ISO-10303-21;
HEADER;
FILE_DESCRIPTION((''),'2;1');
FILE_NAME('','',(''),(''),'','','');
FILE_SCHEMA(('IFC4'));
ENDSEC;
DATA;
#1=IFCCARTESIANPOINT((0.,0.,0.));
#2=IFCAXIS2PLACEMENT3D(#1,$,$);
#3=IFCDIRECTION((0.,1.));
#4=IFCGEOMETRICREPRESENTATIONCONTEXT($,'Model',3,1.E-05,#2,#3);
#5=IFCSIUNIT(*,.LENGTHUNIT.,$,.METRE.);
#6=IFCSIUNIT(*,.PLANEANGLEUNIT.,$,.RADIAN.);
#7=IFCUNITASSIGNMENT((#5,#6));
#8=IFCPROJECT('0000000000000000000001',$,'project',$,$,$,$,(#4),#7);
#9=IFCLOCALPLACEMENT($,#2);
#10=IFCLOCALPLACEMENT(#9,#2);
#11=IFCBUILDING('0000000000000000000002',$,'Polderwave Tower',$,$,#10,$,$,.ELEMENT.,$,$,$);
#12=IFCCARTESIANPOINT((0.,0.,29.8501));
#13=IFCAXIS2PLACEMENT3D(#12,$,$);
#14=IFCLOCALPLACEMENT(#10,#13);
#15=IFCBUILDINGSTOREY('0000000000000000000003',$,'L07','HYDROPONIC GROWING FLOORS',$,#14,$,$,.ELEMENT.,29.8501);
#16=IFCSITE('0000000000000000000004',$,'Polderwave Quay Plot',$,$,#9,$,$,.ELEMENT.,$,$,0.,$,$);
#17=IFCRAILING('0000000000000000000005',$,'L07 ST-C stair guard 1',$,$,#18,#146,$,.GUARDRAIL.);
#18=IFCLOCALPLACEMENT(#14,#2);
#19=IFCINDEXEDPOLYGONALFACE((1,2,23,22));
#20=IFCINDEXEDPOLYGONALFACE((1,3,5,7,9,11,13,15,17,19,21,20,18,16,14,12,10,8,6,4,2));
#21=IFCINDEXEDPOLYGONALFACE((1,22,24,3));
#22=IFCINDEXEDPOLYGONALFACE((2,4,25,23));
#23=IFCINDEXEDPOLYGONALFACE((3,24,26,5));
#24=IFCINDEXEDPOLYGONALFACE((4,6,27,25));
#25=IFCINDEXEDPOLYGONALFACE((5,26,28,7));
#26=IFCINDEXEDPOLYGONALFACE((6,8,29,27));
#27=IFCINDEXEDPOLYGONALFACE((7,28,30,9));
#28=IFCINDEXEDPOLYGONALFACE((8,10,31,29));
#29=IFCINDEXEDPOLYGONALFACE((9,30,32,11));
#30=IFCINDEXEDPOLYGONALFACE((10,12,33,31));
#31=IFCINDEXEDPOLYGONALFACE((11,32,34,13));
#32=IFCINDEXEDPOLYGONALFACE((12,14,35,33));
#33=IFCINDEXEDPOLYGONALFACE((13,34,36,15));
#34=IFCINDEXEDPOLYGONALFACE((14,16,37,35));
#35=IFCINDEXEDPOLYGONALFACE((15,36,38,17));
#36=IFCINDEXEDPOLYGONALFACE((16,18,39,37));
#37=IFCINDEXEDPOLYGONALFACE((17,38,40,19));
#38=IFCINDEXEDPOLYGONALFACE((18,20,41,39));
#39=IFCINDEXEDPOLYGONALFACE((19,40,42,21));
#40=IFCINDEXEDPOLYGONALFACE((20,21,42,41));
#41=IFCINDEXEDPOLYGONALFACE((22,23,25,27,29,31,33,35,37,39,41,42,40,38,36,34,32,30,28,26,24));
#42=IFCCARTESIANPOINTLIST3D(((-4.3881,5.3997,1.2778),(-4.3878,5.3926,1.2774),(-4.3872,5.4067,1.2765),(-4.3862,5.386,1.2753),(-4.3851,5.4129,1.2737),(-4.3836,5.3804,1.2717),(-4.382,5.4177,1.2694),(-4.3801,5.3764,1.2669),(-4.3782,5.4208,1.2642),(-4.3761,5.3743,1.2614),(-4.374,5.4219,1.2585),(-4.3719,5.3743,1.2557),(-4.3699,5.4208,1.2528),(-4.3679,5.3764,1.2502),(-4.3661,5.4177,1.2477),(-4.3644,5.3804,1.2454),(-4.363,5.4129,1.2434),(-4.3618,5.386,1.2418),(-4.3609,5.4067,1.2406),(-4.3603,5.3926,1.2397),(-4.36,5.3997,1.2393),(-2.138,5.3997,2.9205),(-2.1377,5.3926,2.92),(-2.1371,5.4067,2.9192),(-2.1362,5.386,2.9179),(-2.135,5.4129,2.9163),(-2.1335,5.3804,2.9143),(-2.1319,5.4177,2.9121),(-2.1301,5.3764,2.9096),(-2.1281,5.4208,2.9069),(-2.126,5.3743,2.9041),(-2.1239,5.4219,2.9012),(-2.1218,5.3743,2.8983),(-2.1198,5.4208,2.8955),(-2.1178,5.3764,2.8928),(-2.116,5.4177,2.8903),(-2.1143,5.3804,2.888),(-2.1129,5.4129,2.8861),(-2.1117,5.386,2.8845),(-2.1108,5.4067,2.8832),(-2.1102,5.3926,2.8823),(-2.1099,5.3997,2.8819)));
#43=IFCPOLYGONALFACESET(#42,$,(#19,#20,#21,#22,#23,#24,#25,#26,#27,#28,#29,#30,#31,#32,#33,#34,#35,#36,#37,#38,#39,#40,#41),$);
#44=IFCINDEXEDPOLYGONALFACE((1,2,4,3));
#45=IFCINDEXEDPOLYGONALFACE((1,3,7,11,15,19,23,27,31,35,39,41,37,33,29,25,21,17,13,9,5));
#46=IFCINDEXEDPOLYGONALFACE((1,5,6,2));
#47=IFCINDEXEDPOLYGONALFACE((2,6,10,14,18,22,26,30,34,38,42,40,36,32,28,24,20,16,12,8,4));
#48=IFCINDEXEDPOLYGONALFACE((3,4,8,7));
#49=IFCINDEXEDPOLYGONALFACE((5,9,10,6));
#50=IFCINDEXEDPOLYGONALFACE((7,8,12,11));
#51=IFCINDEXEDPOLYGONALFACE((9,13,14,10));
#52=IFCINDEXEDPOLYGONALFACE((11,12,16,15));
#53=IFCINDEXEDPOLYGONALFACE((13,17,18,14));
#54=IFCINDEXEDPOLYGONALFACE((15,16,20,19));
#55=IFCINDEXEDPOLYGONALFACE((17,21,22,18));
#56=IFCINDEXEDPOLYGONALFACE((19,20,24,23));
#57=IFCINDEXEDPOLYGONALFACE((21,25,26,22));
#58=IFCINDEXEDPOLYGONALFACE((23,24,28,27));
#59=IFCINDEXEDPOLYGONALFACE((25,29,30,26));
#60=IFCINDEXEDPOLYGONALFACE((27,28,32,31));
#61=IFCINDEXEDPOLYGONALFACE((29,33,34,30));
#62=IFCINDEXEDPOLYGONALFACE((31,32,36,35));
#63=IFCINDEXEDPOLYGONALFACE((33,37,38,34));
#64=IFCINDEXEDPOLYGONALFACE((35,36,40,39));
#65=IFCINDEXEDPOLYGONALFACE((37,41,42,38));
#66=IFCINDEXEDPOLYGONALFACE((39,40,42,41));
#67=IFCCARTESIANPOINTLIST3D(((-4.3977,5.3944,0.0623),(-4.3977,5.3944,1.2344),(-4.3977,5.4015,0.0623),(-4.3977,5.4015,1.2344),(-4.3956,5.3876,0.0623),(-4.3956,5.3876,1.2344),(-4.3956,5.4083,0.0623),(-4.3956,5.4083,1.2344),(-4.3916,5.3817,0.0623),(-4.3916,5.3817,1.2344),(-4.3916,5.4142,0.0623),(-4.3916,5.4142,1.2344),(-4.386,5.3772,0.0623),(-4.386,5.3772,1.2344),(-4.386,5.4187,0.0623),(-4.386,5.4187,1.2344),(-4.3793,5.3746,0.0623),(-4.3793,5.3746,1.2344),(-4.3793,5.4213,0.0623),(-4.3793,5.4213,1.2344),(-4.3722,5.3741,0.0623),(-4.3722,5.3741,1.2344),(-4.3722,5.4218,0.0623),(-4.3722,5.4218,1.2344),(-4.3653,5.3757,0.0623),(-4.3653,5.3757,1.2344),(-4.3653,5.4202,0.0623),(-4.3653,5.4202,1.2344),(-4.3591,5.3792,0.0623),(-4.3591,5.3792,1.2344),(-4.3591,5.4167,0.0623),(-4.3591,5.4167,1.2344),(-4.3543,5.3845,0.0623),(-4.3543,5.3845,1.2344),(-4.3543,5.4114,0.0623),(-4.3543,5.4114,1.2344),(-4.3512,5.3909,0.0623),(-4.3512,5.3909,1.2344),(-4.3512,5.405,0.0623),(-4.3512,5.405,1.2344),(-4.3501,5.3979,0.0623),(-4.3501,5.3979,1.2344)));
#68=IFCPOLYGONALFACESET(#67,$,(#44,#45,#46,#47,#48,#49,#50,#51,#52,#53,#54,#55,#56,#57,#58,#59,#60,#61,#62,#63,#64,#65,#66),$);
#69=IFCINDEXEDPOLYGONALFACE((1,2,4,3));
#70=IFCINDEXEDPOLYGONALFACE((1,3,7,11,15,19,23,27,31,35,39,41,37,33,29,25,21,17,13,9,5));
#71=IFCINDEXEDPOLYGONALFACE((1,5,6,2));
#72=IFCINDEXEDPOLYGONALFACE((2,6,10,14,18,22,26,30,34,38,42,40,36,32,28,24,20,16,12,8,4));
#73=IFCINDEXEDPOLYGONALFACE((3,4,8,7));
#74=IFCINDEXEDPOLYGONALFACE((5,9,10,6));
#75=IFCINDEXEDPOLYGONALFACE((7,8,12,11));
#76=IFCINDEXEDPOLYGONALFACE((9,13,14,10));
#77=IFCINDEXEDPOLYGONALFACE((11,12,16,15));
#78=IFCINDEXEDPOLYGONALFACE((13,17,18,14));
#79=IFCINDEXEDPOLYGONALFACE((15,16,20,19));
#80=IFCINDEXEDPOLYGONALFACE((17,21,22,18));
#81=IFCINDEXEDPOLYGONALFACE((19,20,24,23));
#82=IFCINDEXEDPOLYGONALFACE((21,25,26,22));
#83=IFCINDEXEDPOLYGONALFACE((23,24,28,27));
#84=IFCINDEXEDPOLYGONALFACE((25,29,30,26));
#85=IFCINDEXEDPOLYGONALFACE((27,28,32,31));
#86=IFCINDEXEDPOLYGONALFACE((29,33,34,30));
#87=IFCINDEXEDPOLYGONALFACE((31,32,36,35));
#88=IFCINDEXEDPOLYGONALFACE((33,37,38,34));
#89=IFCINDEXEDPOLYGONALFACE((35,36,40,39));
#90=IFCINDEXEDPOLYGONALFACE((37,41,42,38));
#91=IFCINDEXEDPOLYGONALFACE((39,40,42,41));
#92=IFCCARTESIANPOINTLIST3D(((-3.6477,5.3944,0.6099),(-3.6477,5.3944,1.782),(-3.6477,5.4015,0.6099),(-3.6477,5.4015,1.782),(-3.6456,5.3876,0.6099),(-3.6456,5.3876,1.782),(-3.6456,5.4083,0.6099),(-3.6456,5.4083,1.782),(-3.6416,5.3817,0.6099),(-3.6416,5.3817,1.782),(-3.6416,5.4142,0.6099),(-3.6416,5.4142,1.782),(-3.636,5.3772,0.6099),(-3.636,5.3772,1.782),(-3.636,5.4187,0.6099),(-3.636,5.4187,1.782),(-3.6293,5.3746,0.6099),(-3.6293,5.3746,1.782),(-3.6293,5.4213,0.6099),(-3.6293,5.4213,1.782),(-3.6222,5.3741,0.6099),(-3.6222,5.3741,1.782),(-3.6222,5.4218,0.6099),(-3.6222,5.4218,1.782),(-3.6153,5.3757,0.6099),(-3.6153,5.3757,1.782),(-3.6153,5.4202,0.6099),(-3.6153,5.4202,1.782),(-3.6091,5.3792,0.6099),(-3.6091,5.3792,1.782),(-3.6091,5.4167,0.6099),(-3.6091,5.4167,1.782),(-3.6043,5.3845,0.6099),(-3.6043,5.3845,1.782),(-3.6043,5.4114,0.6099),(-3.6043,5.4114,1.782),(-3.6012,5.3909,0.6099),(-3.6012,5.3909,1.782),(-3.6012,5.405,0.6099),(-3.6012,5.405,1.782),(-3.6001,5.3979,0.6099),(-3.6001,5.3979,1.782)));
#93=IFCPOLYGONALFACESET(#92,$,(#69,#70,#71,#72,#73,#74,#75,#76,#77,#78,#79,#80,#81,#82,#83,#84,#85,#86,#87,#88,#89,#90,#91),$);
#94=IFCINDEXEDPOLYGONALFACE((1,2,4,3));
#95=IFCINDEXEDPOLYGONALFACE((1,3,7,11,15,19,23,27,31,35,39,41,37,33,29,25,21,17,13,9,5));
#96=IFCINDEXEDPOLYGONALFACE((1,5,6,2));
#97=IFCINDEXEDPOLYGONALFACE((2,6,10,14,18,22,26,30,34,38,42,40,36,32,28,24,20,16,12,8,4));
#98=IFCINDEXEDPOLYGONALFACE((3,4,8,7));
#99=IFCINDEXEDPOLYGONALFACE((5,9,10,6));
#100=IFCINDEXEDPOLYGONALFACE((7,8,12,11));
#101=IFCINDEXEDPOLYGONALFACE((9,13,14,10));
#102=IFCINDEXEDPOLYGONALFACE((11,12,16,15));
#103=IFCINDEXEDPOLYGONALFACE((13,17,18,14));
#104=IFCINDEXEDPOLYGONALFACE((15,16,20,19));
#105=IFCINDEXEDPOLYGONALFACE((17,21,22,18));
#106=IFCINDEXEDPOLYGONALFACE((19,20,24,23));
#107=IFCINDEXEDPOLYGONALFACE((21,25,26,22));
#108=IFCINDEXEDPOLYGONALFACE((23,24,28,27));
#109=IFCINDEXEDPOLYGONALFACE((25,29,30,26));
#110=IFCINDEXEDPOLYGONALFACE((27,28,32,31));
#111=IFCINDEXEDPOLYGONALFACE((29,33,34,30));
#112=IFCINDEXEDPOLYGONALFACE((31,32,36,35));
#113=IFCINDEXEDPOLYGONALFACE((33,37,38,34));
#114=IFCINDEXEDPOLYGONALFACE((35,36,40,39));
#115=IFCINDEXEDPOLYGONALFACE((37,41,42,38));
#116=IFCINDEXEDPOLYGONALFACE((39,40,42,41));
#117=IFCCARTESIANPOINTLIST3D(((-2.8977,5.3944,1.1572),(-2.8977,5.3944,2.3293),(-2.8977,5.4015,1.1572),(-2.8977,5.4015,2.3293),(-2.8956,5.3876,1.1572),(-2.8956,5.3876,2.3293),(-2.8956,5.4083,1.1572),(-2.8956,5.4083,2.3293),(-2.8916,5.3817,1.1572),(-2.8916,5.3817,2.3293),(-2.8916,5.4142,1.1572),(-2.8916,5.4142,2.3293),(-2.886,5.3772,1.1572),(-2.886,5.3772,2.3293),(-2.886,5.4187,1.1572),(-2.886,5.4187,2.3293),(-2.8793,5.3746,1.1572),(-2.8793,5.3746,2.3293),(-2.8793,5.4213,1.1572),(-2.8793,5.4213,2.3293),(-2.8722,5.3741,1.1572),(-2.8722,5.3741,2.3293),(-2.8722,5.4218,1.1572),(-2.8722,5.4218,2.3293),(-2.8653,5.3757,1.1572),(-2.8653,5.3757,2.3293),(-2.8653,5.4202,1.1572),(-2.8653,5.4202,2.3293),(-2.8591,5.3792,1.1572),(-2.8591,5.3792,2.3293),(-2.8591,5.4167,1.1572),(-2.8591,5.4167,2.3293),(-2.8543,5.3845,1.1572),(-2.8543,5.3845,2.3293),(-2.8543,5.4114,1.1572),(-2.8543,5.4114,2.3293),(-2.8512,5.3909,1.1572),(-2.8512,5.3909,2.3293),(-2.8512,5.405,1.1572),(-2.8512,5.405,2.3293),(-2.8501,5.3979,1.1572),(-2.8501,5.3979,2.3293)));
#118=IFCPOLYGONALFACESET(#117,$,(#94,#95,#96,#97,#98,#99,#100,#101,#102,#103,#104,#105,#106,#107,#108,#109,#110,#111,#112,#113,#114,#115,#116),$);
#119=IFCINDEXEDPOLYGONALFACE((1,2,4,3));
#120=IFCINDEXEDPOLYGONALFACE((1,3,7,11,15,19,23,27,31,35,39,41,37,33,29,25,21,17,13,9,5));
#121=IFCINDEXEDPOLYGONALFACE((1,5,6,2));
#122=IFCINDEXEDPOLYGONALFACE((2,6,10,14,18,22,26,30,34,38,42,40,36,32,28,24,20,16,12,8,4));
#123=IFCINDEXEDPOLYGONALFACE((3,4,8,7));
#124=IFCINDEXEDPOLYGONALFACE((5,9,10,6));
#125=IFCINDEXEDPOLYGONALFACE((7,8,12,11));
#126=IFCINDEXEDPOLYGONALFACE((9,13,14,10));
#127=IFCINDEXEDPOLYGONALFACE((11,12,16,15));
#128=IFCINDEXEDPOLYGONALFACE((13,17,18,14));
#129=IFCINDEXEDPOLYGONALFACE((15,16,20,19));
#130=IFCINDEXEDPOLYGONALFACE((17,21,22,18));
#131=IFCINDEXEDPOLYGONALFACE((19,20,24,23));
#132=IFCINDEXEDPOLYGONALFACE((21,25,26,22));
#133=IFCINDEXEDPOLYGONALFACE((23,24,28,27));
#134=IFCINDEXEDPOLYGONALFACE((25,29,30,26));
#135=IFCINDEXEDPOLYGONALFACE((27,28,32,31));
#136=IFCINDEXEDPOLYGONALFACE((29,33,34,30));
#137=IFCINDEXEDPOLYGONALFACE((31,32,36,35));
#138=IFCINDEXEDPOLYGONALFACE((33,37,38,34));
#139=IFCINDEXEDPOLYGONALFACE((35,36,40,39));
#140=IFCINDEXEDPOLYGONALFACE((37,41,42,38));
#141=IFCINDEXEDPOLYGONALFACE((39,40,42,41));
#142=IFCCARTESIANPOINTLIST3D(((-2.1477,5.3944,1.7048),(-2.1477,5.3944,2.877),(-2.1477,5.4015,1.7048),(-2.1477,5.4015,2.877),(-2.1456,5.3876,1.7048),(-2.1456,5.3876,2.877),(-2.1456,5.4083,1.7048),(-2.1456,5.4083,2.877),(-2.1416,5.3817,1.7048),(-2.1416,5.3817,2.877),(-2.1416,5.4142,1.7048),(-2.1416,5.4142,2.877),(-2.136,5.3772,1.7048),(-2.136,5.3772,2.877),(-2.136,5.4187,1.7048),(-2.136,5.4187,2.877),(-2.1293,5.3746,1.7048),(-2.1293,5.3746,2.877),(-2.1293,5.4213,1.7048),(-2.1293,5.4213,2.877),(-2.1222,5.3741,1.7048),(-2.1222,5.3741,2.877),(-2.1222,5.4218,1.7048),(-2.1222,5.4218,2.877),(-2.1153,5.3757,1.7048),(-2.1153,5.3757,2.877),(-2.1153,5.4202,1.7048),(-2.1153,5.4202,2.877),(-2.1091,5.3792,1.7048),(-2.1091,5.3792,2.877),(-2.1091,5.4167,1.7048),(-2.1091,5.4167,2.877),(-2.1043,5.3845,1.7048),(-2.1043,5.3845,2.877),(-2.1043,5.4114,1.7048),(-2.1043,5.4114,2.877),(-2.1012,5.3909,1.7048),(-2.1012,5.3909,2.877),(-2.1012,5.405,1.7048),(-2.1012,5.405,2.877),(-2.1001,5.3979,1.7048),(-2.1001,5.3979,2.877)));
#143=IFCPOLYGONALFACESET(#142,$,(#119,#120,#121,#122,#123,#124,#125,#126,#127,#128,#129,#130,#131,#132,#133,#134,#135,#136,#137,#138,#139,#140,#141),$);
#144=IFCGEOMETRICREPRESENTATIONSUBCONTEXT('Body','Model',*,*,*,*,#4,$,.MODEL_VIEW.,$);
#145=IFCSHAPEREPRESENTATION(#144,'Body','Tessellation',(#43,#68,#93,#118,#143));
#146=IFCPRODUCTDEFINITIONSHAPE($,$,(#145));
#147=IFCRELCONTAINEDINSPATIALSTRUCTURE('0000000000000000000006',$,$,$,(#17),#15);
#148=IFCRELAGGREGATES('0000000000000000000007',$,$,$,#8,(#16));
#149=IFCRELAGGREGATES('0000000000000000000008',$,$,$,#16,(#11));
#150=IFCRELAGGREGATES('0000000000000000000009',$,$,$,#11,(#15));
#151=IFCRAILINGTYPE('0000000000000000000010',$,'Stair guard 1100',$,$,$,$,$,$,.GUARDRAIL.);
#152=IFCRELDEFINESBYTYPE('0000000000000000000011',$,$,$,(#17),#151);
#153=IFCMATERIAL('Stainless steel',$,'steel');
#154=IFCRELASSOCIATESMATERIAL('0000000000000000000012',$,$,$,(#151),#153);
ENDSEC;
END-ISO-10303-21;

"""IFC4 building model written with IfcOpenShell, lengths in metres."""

from ifc_helpers import new_model, si_unit, direction, frame, origin, origin_2d, place, context, subcontext, project, spatial, circle, extrude, material, type_object, element, save


model = new_model("IFC4")

# Units and contexts
model_context = context("Model", 3, precision=1e-05, world=origin(), true_north=direction((0.0, 1.0)))
body_context = subcontext(model_context, "Body", "Model", "MODEL_VIEW")
ifc_project = project(units=[si_unit("LENGTHUNIT", "METRE"), si_unit("PLANEANGLEUNIT", "RADIAN")], contexts=[model_context])

# Site, building, storey
site_placement = place(None, origin())
site = spatial("IfcSite", under=ifc_project, at=site_placement, Name="Polderwave Quay Plot", CompositionType="ELEMENT", RefElevation=0.0)
building_placement = place(site_placement, origin())
building = spatial("IfcBuilding", under=site, at=building_placement, Name="Polderwave Tower", CompositionType="ELEMENT")
storey_placement = place(building_placement, frame((0.0, 0.0, 29.8501)))
storey = spatial("IfcBuildingStorey", under=building, at=storey_placement, Name="L07", Description="HYDROPONIC GROWING FLOORS", CompositionType="ELEMENT", Elevation=29.8501)

# Railing
ifc_material_1 = material(Name="Stainless steel", Category="steel")
railing_type_1 = type_object("IfcRailingType", Name="Stair guard 1100", PredefinedType="GUARDRAIL", material=ifc_material_1)
railing_1_placement = place(storey_placement, frame((-4.374, 5.3979, 0.0623)))
element("IfcRailing", 1, at=railing_1_placement, inside=storey, type_object=railing_type_1, Name="L07 ST-C stair guard 1", PredefinedType="GUARDRAIL", context=body_context, shape_type="SweptSolid", body=[
    extrude(circle(Radius=0.0239, at=origin_2d()), frame((0.0, 0.0, 1.1963), z_axis=(0.807674, 0.0, 0.58963), x_axis=(0.0, 1.0, 0.0)), (0.0, 0.0, 1.0), 2.7859),
    extrude(circle(Radius=0.0239, at=origin_2d()), origin(), (0.0, 0.0, 1.0), 1.1721),
    extrude(circle(Radius=0.0239, at=origin_2d()), frame((0.75, 0.0, 0.5476)), (0.0, 0.0, 1.0), 1.1721),
    extrude(circle(Radius=0.0239, at=origin_2d()), frame((1.5, 0.0, 1.095)), (0.0, 0.0, 1.0), 1.1721),
    extrude(circle(Radius=0.0239, at=origin_2d()), frame((2.25, 0.0, 1.6426)), (0.0, 0.0, 1.0), 1.1721),
])

save(model, "model.ifc")
